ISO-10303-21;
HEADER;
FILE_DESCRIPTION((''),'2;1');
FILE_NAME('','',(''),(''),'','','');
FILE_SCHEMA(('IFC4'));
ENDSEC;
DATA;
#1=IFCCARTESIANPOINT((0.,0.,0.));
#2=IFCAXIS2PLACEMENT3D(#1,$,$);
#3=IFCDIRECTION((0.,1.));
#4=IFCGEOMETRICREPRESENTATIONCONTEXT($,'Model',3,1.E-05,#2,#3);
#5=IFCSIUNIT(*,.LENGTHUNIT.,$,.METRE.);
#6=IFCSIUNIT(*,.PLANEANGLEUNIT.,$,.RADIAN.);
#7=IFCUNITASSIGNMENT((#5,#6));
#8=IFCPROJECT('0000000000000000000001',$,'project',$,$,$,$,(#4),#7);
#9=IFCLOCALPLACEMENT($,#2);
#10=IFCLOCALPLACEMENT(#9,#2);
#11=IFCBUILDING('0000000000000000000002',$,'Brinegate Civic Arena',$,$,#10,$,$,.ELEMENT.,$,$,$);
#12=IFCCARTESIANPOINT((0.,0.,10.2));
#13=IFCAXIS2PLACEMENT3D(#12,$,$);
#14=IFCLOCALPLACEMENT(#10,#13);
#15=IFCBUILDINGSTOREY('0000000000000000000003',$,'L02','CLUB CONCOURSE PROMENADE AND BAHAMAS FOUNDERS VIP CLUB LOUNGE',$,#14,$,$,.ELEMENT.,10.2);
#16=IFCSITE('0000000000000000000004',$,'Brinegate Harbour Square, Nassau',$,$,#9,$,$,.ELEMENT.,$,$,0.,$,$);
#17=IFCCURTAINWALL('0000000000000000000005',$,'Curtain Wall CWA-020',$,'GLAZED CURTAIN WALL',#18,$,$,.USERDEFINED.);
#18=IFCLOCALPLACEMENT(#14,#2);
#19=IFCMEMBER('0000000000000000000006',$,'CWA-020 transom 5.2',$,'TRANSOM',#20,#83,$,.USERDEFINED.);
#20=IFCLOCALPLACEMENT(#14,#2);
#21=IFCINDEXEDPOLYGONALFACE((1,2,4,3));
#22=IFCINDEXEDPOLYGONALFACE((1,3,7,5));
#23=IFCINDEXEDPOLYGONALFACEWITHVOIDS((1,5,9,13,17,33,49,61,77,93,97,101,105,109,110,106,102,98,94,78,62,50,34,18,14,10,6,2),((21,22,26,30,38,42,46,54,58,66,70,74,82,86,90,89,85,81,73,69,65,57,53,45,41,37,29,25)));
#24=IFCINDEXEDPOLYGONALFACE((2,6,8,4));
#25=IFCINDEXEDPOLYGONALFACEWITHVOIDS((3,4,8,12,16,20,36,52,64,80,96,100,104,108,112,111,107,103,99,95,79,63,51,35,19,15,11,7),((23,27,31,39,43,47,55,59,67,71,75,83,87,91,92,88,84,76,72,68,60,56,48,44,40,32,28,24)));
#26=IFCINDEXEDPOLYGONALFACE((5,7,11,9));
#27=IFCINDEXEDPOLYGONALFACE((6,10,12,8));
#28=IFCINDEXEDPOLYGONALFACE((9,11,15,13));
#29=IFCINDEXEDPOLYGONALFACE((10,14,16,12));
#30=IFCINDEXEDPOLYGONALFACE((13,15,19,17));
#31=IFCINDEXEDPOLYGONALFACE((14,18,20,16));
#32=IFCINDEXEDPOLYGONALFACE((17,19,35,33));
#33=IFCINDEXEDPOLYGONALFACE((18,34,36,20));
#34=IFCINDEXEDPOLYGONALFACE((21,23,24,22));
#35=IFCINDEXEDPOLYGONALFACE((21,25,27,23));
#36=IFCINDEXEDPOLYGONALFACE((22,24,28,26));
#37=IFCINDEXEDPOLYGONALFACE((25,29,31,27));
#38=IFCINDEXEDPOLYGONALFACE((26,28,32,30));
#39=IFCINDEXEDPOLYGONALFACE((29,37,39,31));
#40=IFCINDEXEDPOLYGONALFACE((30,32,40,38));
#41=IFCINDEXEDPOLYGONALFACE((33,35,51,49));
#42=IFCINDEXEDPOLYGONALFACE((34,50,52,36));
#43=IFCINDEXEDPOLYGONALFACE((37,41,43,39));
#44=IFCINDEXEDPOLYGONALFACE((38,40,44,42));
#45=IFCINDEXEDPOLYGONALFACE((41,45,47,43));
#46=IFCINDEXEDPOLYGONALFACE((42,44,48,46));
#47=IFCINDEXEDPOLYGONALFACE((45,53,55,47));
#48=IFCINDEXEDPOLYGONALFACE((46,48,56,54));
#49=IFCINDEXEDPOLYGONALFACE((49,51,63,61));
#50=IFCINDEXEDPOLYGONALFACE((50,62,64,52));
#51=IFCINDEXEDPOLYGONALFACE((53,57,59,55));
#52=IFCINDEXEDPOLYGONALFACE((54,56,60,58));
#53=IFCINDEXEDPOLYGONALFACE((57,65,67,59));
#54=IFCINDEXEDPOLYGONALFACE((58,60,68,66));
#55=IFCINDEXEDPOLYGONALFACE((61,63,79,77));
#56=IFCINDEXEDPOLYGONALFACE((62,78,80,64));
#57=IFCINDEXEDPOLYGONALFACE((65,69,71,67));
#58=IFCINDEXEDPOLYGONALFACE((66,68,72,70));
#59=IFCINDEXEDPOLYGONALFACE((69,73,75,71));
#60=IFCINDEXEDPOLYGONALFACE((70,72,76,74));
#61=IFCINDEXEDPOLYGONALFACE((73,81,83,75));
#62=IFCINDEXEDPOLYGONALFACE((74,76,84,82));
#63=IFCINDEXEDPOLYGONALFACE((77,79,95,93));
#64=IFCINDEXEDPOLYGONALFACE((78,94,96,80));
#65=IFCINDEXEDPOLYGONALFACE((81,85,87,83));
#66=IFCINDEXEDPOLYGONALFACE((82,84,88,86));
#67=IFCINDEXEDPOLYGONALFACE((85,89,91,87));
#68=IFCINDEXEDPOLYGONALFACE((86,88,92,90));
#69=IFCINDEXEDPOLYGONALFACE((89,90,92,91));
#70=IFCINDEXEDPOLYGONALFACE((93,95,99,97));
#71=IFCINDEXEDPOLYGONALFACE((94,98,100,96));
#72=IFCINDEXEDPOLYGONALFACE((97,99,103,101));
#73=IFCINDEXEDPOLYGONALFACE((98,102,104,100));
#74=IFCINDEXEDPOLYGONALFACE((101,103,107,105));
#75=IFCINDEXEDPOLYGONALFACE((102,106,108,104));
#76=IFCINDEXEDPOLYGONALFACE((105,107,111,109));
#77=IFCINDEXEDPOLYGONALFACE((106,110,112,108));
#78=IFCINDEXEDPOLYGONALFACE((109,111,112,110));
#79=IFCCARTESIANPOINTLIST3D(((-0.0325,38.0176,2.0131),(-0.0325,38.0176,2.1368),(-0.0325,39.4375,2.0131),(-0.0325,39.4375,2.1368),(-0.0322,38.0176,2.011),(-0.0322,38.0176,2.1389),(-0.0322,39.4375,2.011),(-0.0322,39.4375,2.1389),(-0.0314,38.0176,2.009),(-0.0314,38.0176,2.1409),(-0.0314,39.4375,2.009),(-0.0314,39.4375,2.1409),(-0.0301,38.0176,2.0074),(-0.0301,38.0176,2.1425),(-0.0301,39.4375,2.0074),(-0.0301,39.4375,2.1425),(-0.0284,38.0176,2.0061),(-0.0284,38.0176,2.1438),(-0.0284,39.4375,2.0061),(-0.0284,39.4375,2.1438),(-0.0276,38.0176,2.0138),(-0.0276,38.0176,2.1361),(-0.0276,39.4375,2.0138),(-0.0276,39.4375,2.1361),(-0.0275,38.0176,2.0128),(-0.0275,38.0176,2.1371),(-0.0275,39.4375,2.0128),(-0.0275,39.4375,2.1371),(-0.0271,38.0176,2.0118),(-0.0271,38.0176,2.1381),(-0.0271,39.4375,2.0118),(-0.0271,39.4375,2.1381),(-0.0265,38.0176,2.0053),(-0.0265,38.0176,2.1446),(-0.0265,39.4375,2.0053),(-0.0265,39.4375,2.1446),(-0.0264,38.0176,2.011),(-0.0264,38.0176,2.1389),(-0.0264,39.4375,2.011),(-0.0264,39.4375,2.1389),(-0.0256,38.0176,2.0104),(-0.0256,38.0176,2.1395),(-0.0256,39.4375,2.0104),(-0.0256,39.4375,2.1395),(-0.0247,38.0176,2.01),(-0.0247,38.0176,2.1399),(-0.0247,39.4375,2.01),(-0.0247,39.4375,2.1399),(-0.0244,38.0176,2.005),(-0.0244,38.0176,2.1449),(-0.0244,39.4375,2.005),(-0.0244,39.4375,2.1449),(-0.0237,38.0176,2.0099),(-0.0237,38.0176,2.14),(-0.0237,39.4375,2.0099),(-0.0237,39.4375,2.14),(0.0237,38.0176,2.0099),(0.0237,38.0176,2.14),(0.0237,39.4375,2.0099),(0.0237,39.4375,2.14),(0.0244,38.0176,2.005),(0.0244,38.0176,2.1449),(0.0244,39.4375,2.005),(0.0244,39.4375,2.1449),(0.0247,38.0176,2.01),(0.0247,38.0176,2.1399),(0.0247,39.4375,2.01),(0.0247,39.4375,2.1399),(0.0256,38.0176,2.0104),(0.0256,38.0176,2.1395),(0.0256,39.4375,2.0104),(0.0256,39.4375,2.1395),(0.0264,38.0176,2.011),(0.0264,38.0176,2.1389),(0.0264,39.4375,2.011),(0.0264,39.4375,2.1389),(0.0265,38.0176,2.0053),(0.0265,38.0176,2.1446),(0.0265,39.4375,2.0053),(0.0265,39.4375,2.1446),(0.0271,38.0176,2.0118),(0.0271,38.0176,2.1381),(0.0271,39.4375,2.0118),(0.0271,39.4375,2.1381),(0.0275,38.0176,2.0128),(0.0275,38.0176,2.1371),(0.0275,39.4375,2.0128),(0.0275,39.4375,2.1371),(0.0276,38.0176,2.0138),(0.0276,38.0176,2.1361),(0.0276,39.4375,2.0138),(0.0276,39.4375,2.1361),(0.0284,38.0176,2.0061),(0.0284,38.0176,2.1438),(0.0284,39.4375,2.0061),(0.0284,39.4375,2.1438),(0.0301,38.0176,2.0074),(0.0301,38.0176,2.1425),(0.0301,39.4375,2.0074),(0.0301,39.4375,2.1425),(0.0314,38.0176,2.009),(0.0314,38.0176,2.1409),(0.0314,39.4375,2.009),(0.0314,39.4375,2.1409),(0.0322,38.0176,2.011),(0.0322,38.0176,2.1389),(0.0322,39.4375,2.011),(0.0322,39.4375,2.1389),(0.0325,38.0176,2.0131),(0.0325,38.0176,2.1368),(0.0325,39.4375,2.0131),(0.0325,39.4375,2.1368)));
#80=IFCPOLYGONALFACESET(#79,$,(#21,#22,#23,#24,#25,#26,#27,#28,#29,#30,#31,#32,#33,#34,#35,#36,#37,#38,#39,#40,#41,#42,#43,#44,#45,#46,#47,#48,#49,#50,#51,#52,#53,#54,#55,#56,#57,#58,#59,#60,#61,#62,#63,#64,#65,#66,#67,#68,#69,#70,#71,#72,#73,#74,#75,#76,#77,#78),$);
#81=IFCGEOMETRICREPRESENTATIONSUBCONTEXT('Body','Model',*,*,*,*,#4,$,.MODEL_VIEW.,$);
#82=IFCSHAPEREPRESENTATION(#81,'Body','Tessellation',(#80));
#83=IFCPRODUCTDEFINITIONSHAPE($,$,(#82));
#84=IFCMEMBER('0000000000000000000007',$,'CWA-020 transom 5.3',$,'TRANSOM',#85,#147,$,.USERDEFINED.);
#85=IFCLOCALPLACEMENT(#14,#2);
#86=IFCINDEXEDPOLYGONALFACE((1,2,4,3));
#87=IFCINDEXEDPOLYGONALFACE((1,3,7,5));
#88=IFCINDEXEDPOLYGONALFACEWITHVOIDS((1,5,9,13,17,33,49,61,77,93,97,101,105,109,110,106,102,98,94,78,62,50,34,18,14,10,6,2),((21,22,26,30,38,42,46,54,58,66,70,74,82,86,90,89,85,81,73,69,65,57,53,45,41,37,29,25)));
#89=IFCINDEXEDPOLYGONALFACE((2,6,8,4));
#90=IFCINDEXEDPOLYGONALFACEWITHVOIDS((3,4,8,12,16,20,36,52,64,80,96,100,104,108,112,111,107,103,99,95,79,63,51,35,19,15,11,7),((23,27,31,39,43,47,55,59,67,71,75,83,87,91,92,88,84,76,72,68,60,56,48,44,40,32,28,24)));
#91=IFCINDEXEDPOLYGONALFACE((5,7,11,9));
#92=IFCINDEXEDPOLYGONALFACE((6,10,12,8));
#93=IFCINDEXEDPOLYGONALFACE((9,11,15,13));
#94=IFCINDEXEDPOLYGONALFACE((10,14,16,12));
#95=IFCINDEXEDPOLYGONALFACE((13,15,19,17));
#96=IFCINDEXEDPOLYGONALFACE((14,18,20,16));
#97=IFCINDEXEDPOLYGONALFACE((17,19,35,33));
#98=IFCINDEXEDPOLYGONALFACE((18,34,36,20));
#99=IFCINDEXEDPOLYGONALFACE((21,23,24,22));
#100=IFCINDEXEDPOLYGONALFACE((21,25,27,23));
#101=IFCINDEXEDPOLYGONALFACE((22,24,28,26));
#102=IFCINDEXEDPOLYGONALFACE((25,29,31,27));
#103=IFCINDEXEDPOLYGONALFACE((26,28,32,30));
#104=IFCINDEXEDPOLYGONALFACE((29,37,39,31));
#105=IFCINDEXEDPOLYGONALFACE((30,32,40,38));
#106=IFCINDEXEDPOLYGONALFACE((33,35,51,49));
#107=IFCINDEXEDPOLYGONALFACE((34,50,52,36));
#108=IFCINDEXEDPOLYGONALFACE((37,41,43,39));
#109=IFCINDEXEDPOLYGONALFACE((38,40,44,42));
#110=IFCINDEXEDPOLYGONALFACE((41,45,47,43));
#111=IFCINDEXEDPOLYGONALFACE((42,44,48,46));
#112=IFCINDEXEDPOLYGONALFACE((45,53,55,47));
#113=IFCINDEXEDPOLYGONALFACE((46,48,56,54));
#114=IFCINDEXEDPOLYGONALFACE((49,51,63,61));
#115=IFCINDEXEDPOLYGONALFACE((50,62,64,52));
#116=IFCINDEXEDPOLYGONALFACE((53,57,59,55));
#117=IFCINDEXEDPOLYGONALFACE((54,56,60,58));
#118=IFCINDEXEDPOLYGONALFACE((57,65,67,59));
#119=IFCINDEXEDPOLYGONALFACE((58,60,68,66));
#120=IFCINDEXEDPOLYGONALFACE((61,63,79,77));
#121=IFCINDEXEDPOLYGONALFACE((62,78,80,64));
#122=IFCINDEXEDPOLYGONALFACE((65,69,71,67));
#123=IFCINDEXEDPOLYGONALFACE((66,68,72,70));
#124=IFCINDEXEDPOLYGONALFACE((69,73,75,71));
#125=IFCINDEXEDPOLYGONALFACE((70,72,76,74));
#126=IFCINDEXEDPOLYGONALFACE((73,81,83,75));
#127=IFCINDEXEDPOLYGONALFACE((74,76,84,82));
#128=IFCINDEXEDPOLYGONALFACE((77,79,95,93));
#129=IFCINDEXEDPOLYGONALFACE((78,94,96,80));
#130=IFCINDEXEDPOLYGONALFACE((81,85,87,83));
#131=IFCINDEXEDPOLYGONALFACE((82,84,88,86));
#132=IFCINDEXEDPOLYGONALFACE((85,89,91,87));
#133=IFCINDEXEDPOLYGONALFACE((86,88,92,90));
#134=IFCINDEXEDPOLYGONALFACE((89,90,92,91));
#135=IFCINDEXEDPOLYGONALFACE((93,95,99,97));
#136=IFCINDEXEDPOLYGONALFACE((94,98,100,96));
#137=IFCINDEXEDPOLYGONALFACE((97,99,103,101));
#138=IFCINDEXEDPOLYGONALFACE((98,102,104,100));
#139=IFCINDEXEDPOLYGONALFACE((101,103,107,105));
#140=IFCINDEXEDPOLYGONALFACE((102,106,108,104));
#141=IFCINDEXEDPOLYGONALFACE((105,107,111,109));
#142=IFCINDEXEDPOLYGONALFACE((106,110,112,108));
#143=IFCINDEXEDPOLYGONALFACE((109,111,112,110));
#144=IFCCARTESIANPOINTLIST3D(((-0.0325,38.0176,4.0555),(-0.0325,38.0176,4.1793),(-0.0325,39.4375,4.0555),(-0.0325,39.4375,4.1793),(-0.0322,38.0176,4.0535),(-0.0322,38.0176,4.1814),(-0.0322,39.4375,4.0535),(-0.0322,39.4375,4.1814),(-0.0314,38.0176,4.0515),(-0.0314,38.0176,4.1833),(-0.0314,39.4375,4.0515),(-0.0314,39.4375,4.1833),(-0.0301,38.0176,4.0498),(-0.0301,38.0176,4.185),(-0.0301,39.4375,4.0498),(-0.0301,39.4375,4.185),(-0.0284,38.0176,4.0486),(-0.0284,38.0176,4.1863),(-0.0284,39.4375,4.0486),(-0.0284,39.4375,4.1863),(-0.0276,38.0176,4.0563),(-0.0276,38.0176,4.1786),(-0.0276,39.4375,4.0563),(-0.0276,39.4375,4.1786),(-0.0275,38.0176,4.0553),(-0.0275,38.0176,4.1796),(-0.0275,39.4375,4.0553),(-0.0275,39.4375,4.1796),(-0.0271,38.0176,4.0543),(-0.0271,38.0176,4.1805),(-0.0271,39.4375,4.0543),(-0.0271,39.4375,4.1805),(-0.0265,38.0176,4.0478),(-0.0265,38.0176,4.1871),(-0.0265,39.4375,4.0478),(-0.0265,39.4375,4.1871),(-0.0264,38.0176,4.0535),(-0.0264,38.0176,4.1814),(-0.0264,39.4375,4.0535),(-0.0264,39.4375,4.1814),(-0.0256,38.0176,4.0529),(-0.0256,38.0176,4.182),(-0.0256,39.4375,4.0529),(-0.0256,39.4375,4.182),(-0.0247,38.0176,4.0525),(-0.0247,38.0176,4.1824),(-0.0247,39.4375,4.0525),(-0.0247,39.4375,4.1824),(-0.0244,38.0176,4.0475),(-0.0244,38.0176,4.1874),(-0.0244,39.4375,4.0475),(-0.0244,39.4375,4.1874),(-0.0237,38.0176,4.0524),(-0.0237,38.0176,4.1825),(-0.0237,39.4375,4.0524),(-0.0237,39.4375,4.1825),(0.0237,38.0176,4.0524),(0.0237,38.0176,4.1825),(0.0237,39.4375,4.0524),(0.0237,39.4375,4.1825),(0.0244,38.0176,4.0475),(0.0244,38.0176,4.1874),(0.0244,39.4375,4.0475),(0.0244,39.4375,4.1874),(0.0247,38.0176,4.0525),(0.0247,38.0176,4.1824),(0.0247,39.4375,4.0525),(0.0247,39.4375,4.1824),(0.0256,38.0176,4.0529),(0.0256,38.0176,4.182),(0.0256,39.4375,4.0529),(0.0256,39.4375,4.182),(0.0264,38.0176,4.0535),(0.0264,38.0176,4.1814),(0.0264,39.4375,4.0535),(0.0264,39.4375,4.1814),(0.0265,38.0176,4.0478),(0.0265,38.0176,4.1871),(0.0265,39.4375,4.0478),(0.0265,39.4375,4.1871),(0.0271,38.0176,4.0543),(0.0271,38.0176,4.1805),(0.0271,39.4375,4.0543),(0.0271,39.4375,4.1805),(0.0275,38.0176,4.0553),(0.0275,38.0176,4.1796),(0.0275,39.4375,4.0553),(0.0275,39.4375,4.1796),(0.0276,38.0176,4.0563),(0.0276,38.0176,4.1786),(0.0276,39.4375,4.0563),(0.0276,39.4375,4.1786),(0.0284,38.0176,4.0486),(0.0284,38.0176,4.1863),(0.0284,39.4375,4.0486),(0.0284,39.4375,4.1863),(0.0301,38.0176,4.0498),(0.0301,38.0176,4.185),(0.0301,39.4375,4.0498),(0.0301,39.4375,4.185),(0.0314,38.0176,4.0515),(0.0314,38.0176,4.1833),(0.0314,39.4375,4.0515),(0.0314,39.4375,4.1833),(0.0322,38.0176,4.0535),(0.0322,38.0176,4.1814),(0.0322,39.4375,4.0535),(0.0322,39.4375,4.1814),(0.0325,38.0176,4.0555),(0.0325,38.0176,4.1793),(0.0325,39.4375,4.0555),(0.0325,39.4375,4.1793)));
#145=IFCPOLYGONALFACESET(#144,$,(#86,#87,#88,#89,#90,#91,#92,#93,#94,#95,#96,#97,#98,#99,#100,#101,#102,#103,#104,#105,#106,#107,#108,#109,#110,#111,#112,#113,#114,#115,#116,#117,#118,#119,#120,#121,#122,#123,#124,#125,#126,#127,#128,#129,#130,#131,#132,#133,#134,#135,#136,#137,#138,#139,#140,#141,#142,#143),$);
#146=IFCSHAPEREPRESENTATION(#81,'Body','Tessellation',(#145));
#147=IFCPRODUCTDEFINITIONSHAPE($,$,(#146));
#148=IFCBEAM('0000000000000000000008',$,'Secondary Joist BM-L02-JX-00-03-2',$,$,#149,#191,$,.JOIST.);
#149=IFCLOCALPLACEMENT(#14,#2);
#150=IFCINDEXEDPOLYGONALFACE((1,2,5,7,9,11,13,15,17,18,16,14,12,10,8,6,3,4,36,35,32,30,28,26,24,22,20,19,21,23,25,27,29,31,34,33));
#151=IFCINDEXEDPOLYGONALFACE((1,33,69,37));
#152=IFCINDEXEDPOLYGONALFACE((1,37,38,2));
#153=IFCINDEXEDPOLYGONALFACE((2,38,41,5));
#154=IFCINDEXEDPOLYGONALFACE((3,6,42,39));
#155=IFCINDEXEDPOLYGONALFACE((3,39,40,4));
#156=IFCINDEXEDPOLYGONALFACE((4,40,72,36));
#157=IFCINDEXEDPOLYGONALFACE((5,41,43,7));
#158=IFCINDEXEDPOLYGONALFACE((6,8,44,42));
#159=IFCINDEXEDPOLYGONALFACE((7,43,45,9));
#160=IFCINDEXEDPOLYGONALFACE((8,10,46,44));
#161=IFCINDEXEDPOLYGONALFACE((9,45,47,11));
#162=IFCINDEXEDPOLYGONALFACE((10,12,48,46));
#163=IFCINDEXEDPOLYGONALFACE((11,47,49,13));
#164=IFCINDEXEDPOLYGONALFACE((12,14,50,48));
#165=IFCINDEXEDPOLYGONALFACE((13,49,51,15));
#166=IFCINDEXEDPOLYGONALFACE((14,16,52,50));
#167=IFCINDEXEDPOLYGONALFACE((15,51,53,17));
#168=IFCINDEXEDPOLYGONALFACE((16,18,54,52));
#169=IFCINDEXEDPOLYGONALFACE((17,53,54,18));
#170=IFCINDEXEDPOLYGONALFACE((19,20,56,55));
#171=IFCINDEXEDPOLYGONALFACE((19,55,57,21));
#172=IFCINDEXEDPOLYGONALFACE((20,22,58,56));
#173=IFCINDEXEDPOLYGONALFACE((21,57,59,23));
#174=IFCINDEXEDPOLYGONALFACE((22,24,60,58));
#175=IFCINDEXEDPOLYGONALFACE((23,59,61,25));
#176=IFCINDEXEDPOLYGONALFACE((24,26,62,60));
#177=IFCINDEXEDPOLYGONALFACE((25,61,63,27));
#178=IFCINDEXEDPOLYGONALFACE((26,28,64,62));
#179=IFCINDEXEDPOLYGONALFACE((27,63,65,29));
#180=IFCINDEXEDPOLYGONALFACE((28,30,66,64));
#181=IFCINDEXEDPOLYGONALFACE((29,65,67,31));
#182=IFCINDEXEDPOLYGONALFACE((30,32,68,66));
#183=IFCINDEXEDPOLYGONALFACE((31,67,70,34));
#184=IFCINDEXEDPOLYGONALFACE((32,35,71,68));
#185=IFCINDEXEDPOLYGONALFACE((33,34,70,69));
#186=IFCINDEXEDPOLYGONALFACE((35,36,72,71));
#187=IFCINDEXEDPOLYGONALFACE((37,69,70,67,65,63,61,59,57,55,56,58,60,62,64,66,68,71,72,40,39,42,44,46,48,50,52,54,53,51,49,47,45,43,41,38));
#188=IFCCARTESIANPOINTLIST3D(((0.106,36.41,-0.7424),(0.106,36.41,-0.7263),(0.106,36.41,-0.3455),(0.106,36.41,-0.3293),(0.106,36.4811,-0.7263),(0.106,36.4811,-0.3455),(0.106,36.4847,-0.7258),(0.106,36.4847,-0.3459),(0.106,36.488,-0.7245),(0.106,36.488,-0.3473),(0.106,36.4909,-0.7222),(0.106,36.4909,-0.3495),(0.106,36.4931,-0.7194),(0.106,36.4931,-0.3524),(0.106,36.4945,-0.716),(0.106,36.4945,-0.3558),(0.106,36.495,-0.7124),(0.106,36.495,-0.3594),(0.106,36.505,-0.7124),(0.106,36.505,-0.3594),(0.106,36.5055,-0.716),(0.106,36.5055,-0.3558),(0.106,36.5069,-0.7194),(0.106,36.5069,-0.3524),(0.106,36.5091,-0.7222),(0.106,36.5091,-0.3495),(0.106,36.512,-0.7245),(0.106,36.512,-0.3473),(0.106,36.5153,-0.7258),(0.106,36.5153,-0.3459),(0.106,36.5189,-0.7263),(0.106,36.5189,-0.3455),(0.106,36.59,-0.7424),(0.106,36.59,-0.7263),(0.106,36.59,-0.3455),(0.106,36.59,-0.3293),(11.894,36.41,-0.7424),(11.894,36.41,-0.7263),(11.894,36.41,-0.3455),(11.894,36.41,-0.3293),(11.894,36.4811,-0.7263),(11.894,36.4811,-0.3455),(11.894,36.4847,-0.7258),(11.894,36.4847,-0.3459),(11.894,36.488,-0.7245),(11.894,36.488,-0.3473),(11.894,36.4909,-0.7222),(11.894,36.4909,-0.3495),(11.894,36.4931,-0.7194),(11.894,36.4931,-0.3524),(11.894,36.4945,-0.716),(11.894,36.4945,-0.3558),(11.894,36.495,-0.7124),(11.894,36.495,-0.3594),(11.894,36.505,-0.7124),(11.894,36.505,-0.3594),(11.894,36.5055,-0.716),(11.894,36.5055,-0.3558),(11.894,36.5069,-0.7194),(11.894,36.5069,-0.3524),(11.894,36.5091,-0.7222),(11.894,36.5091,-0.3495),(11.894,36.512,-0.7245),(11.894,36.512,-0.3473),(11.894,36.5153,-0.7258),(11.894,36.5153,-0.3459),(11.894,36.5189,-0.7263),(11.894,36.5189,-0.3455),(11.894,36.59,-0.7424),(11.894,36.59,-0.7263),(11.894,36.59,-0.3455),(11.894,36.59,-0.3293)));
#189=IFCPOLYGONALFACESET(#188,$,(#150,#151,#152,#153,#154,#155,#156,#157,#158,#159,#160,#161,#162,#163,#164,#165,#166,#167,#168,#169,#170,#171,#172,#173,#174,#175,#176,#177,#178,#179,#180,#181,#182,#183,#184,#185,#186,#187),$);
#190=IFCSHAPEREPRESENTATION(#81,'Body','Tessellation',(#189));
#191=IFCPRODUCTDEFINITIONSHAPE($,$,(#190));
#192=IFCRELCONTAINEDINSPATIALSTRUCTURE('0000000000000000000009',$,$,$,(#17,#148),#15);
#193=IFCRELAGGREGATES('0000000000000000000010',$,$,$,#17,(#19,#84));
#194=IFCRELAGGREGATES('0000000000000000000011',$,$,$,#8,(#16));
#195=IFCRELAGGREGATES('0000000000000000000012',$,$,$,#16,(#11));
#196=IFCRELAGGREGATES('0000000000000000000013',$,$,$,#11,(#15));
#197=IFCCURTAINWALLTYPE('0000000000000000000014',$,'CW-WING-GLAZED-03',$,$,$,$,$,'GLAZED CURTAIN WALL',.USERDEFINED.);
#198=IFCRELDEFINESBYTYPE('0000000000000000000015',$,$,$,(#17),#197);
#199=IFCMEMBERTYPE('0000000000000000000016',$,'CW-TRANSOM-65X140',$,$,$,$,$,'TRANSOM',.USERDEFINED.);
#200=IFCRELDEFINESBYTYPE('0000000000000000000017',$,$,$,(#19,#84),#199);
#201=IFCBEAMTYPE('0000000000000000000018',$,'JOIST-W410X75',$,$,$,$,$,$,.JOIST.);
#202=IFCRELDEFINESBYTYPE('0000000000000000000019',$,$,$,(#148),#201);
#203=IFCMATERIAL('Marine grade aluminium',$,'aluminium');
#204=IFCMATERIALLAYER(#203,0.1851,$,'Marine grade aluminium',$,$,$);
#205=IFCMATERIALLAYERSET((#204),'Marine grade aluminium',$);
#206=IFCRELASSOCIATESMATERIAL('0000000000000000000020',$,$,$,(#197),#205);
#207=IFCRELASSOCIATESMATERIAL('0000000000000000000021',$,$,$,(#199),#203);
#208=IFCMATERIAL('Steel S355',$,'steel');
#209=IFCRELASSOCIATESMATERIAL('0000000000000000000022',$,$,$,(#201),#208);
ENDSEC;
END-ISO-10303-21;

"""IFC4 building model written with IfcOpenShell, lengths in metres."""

from ifc_helpers import new_model, si_unit, direction, frame, origin, origin_2d, place, context, subcontext, project, spatial, hollow_rectangle, i_section, extrude, material, layer, layer_set, material_profile, profile_set, type_object, element, aggregate, save


model = new_model("IFC4")

# Units and contexts
model_context = context("Model", 3, precision=1e-05, world=origin(), true_north=direction((0.0, 1.0)))
body_context = subcontext(model_context, "Body", "Model", "MODEL_VIEW")
ifc_project = project(units=[si_unit("LENGTHUNIT", "METRE"), si_unit("PLANEANGLEUNIT", "RADIAN")], contexts=[model_context])

# Site, building, storey
site_placement = place(None, origin())
site = spatial("IfcSite", under=ifc_project, at=site_placement, Name="Brinegate Harbour Square, Nassau", CompositionType="ELEMENT", RefElevation=0.0)
building_placement = place(site_placement, origin())
building = spatial("IfcBuilding", under=site, at=building_placement, Name="Brinegate Civic Arena", CompositionType="ELEMENT")
storey_placement = place(building_placement, frame((0.0, 0.0, 10.2)))
storey = spatial("IfcBuildingStorey", under=building, at=storey_placement, Name="L02", Description="CLUB CONCOURSE PROMENADE AND BAHAMAS FOUNDERS VIP CLUB LOUNGE", CompositionType="ELEMENT", Elevation=10.2)

# Curtain wall, members
ifc_material_1 = material(Name="Marine grade aluminium", Category="aluminium")
ifc_layer_1 = layer(ifc_material_1, 0.1851, Name="Marine grade aluminium")
ifc_layer_set_1 = layer_set([ifc_layer_1], Name="Marine grade aluminium")
curtain_wall_type = type_object("IfcCurtainWallType", Name="CW-WING-GLAZED-03", ElementType="GLAZED CURTAIN WALL", PredefinedType="USERDEFINED", material=ifc_layer_set_1)
curtain_wall_placement = place(storey_placement, origin())
curtain_wall = element("IfcCurtainWall", 1, at=curtain_wall_placement, inside=storey, type_object=curtain_wall_type, Name="Curtain Wall CWA-020", ObjectType="GLAZED CURTAIN WALL", PredefinedType="USERDEFINED")
ifc_material_profile_1 = material_profile(ifc_material_1, hollow_rectangle(XDim=0.0649, YDim=0.1399, WallThickness=0.0049, InnerFilletRadius=0.0039, OuterFilletRadius=0.0081, at=origin_2d()), Name="TRN65X140")
ifc_profile_set_1 = profile_set([ifc_material_profile_1], Name="Marine grade aluminium")
member_type_1 = type_object("IfcMemberType", Name="CW-TRANSOM-65X140", ElementType="TRANSOM", PredefinedType="USERDEFINED", material=ifc_profile_set_1)
member_1_placement = place(storey_placement, frame((0.0, 38.0176, 2.075), z_axis=(0.0, 1.0, 0.0), x_axis=(-1.0, 0.0, 0.0)))
member_1 = element("IfcMember", 2, at=member_1_placement, type_object=member_type_1, Name="CWA-020 transom 5.2", ObjectType="TRANSOM", PredefinedType="USERDEFINED", context=body_context, shape_type="SweptSolid", body=[
    extrude(hollow_rectangle(XDim=0.0649, YDim=0.1399, WallThickness=0.0049, InnerFilletRadius=0.0039, OuterFilletRadius=0.0081, at=origin_2d()), origin(), (0.0, 0.0, 1.0), 1.4199),
])
member_2_placement = place(storey_placement, frame((0.0, 38.0176, 4.1174), z_axis=(0.0, 1.0, 0.0), x_axis=(-1.0, 0.0, 0.0)))
member_2 = element("IfcMember", 3, at=member_2_placement, type_object=member_type_1, Name="CWA-020 transom 5.3", ObjectType="TRANSOM", PredefinedType="USERDEFINED", context=body_context, shape_type="SweptSolid", body=[
    extrude(hollow_rectangle(XDim=0.0649, YDim=0.1399, WallThickness=0.0049, InnerFilletRadius=0.0039, OuterFilletRadius=0.0081, at=origin_2d()), origin(), (0.0, 0.0, 1.0), 1.4199),
])

# Beam
ifc_material_2 = material(Name="Steel S355", Category="steel")
ifc_material_profile_2 = material_profile(ifc_material_2, i_section(OverallWidth=0.1799, OverallDepth=0.4131, WebThickness=0.01, FlangeThickness=0.0161, FilletRadius=0.0139, at=origin_2d()), Name="W410X75")
ifc_profile_set_2 = profile_set([ifc_material_profile_2], Name="Steel S355")
beam_type_1 = type_object("IfcBeamType", Name="JOIST-W410X75", PredefinedType="JOIST", material=ifc_profile_set_2)
beam_1_placement = place(storey_placement, frame((0.106, 36.5, -0.5359), z_axis=(1.0, 0.0, 0.0), x_axis=(0.0, 1.0, 0.0)))
element("IfcBeam", 4, at=beam_1_placement, inside=storey, type_object=beam_type_1, Name="Secondary Joist BM-L02-JX-00-03-2", PredefinedType="JOIST", context=body_context, shape_type="SweptSolid", body=[
    extrude(i_section(OverallWidth=0.1799, OverallDepth=0.4131, WebThickness=0.01, FlangeThickness=0.0161, FilletRadius=0.0139, at=origin_2d()), origin(), (0.0, 0.0, 1.0), 11.7881),
])

aggregate(curtain_wall, [member_1, member_2])

save(model, "model.ifc")
